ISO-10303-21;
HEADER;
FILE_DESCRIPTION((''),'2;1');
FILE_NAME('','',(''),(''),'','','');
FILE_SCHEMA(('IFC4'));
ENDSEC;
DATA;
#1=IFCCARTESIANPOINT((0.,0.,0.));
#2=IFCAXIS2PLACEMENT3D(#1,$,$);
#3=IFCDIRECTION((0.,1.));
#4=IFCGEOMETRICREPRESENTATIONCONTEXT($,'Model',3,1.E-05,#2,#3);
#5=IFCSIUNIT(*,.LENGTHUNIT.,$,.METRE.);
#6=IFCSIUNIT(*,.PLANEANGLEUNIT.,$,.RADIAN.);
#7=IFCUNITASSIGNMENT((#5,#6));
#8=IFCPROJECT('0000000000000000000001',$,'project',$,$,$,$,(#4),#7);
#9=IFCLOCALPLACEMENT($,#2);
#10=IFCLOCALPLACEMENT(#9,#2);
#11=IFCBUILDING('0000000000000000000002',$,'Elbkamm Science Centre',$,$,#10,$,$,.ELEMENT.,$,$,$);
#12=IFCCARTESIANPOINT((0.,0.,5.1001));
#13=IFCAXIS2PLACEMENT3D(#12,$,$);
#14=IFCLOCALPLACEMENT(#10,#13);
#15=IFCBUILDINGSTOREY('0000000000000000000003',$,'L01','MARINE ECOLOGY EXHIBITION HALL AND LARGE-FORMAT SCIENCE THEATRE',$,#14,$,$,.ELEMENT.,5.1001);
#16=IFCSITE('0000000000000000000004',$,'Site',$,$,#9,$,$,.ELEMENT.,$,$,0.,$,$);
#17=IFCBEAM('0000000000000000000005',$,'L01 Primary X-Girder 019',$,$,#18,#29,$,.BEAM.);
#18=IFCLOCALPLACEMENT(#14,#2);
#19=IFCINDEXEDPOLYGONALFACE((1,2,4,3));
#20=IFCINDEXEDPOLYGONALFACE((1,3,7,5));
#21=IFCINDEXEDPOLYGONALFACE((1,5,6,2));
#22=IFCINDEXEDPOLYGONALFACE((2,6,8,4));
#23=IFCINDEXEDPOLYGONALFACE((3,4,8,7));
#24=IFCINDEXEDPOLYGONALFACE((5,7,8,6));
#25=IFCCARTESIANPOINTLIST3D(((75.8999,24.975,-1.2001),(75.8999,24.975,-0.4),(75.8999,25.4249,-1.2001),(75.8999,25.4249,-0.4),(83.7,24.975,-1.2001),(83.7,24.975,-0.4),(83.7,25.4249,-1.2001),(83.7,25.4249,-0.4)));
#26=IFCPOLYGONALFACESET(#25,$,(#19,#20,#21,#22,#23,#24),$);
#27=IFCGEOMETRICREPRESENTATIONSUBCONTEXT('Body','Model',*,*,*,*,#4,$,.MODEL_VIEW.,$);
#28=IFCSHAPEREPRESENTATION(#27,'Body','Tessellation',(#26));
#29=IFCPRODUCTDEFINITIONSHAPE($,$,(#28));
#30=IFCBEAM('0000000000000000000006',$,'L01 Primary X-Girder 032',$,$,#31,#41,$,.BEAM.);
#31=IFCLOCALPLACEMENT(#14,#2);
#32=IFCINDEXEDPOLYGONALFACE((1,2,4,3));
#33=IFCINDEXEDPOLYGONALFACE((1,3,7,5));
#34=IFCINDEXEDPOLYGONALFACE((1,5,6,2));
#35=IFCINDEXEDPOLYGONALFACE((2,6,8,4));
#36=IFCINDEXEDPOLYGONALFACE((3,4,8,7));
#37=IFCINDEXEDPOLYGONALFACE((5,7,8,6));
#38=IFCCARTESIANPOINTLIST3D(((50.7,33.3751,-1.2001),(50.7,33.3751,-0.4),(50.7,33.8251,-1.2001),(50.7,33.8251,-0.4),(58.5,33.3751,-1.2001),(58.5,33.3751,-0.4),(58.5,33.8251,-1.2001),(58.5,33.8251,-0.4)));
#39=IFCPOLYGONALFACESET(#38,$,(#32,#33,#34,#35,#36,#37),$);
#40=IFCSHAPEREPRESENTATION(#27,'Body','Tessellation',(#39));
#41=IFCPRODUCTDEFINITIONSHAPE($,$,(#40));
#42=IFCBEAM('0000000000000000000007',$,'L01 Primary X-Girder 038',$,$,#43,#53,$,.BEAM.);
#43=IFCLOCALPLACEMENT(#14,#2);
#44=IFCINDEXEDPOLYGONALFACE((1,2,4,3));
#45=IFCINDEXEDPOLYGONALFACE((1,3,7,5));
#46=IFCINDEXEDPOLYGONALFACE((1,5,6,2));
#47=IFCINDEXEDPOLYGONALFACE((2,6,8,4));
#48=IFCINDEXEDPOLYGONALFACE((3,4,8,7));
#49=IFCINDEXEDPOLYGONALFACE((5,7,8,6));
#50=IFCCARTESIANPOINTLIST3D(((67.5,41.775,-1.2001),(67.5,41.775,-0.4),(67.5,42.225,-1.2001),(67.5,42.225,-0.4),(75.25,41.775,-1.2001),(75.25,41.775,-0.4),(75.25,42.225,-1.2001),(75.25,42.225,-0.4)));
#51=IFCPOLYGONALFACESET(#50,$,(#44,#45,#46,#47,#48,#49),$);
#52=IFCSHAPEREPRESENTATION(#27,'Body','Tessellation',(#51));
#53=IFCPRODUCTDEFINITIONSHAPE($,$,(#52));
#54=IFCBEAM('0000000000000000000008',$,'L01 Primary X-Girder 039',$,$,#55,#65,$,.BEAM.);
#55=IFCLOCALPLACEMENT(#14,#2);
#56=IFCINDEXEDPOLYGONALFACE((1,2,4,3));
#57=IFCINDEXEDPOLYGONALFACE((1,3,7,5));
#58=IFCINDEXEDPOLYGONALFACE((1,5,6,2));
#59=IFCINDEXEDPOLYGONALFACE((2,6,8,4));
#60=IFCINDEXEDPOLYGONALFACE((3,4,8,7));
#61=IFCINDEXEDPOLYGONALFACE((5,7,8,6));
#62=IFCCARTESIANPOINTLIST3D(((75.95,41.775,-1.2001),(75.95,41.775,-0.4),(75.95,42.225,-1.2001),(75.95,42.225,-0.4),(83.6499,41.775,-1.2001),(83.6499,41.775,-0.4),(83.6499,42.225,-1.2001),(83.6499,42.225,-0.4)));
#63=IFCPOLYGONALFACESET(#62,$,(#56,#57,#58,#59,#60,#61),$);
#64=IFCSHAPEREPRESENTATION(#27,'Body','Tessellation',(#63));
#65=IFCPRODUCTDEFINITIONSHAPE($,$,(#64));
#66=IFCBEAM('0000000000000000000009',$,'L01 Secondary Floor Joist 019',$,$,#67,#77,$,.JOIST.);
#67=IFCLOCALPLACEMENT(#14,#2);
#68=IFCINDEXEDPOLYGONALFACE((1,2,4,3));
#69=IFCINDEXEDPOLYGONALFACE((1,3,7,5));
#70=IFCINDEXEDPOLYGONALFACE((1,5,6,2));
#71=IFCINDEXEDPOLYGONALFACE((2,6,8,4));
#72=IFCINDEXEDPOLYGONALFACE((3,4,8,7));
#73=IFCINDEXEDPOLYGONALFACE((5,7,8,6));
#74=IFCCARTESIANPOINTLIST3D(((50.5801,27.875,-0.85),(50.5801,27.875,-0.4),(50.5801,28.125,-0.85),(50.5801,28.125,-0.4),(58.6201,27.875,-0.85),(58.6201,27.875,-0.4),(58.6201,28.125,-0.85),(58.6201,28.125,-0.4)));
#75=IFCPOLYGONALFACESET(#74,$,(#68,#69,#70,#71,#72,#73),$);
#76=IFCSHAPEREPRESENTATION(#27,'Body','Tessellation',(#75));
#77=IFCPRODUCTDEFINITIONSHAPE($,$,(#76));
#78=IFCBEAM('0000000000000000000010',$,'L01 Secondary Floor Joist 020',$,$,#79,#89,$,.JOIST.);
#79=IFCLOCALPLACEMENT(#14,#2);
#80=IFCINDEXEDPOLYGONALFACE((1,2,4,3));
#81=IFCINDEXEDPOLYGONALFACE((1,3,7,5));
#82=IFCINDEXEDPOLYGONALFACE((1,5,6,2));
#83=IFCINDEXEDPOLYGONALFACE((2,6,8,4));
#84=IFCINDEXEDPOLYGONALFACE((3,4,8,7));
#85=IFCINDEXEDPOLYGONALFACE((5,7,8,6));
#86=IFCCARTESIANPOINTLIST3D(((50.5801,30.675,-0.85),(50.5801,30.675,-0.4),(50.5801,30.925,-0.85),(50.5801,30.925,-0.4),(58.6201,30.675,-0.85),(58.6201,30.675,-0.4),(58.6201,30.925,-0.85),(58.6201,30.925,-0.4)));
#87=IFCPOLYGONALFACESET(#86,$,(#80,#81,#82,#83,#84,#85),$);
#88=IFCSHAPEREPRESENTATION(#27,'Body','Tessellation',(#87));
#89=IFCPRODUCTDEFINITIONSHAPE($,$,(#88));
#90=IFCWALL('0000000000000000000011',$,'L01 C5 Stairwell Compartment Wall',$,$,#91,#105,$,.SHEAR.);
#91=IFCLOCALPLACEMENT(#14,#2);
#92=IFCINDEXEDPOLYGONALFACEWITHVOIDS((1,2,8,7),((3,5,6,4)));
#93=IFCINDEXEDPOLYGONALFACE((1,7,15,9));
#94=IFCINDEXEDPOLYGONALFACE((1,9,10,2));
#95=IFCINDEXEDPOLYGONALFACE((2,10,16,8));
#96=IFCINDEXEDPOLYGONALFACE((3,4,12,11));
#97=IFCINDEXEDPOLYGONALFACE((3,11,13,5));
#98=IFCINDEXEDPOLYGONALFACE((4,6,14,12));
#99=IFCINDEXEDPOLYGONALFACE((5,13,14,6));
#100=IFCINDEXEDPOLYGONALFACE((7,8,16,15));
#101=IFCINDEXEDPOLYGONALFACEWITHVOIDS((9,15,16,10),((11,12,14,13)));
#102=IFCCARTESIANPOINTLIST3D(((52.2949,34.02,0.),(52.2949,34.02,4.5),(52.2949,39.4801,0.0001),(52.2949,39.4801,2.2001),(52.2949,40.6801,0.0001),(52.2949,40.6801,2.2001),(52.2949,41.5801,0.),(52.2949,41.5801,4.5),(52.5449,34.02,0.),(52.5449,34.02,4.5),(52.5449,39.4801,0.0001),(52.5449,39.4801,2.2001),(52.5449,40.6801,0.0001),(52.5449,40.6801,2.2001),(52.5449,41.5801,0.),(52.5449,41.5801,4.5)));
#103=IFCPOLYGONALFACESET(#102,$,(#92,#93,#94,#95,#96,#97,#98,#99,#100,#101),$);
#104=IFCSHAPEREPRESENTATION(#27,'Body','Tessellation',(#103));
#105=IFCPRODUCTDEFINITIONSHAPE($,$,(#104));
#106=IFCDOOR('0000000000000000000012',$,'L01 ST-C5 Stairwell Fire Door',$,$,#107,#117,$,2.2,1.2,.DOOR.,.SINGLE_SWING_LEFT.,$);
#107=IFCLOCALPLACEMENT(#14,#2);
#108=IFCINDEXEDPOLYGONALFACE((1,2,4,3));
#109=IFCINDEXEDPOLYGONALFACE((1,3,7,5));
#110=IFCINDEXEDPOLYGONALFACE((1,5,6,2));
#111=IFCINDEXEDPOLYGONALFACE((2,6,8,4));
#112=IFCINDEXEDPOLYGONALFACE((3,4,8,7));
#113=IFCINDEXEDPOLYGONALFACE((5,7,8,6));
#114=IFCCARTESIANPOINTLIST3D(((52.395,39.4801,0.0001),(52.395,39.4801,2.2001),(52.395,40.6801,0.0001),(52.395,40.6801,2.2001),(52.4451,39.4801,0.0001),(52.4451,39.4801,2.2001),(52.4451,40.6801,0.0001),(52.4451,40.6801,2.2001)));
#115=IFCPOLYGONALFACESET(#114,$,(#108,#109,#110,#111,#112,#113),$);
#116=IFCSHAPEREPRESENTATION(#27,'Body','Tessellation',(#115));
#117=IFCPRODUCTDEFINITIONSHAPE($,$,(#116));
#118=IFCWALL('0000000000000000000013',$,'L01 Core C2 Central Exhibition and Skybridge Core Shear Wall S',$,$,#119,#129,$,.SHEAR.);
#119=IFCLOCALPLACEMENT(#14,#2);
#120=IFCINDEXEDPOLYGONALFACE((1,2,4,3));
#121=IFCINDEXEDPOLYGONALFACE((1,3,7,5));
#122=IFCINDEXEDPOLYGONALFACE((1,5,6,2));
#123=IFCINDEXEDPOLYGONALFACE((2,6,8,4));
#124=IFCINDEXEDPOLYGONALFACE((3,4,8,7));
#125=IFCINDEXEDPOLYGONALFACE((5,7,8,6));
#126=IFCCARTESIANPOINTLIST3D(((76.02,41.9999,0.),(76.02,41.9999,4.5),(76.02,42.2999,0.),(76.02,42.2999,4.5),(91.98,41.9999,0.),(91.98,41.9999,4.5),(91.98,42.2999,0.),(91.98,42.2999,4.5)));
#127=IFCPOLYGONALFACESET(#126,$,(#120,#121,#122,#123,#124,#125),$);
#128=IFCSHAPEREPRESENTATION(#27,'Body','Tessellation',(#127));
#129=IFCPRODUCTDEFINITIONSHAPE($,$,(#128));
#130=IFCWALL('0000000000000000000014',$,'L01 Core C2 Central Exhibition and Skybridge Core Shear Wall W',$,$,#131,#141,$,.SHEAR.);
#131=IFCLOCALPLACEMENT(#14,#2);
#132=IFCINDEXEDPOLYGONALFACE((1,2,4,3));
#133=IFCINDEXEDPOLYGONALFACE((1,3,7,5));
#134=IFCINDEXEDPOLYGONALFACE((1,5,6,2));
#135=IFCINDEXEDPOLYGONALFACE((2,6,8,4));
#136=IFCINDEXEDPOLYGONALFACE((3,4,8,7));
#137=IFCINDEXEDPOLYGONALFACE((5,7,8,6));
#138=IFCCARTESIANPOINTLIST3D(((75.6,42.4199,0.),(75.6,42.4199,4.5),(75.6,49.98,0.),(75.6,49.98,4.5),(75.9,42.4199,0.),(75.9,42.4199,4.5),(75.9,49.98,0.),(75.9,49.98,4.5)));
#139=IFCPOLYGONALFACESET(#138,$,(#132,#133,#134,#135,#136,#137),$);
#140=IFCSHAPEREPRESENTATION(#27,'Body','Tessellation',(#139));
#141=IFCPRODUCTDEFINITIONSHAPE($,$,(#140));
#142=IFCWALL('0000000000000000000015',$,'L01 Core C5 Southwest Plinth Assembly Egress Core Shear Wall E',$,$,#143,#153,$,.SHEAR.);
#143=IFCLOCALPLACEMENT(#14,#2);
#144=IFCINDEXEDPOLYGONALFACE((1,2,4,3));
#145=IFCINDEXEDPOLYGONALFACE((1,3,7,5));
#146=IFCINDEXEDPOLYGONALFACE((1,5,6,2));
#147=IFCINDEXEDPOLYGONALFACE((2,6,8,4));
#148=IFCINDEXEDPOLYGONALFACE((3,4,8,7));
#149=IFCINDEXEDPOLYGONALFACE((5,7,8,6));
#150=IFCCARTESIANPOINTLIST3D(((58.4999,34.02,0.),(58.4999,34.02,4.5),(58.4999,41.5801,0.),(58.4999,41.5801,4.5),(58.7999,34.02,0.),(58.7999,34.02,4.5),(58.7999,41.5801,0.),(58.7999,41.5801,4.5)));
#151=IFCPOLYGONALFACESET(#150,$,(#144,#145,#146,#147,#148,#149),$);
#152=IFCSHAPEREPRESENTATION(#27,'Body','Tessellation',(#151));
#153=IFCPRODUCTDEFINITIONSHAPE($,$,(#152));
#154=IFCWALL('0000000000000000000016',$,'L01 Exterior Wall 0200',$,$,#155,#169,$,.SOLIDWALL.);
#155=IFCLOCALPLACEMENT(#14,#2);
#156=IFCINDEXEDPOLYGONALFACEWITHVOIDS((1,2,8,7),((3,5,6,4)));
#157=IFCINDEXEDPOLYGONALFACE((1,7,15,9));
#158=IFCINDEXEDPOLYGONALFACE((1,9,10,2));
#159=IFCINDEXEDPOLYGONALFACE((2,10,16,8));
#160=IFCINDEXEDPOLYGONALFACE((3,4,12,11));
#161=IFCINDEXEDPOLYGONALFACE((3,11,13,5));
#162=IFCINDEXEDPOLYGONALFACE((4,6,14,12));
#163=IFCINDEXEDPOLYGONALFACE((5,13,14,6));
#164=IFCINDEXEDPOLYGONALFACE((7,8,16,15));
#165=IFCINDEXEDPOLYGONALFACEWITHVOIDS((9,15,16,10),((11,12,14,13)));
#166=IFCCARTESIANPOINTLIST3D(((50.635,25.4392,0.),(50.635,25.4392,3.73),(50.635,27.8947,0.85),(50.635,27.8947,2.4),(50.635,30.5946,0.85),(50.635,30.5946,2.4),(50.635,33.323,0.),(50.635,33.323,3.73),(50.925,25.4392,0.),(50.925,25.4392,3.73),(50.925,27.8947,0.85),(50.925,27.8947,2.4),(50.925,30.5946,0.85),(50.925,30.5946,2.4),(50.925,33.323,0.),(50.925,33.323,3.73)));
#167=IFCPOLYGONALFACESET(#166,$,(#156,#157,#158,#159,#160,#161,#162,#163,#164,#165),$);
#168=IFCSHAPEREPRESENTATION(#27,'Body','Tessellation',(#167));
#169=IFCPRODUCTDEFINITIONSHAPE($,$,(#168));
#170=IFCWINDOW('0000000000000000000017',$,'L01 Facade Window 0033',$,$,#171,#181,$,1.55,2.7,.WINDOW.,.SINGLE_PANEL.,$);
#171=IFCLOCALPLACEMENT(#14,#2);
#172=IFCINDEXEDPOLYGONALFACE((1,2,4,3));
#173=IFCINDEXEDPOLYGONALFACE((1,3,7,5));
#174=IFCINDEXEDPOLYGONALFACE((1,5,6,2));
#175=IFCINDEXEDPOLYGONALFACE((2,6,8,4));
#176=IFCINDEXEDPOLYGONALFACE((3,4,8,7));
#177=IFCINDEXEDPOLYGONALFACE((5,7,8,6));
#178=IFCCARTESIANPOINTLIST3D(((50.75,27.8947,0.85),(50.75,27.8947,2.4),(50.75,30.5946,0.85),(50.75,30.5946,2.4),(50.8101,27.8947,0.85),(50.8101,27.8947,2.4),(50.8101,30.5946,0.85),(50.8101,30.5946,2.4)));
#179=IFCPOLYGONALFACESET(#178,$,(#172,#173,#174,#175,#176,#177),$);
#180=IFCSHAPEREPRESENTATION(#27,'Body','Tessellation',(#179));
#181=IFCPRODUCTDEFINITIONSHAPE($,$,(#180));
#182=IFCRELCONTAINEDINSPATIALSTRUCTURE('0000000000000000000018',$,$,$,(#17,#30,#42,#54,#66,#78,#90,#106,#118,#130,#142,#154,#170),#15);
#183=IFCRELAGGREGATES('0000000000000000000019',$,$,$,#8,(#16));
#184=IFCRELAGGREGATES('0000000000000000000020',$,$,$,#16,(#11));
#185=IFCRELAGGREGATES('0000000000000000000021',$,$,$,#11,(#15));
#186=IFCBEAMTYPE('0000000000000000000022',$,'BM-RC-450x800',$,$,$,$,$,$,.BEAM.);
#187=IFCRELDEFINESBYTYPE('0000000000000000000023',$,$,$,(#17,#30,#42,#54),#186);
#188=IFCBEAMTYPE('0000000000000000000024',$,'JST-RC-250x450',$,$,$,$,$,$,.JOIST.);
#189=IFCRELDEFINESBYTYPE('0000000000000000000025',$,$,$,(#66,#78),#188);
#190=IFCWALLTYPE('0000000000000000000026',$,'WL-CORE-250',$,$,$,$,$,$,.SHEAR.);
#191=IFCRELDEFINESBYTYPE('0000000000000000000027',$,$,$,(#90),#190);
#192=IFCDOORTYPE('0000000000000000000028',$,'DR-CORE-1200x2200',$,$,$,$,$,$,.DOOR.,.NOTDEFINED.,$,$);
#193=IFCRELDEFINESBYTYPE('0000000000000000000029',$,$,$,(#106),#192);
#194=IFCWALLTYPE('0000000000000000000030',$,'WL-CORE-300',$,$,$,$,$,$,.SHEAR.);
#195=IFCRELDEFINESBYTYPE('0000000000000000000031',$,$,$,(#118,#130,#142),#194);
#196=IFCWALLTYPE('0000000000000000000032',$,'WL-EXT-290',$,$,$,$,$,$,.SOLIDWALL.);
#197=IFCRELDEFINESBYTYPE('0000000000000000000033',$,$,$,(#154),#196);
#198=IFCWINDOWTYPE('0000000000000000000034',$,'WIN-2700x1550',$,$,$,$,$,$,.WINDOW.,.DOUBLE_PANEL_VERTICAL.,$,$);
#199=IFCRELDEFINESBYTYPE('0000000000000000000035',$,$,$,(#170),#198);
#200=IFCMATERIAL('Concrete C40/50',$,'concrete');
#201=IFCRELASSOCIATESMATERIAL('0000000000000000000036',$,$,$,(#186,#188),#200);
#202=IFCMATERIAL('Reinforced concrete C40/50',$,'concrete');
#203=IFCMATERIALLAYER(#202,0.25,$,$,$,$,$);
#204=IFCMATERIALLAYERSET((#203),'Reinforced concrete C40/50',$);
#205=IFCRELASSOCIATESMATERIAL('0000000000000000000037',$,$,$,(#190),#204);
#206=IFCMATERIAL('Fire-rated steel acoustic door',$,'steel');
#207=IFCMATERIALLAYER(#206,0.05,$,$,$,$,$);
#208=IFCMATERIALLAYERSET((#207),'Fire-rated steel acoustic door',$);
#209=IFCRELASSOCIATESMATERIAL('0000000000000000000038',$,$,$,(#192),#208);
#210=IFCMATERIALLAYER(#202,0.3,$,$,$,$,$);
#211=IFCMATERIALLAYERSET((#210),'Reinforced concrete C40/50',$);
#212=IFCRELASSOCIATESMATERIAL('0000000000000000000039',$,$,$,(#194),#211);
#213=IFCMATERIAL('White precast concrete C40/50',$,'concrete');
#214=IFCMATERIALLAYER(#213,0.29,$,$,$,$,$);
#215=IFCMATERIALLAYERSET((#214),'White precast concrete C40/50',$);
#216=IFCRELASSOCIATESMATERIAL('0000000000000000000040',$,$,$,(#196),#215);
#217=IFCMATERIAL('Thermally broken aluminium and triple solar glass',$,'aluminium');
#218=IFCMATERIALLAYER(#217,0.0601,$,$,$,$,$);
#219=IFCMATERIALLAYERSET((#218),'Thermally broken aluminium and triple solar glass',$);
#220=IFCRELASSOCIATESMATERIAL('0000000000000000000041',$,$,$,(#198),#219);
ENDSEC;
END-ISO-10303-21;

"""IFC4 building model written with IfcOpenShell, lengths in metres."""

from ifc_helpers import new_model, si_unit, direction, frame, frame_2d, origin, origin_2d, place, context, subcontext, project, spatial, rectangle, extrude, material, layer, layer_set, material_profile, profile_set, type_object, element, fill, save


model = new_model("IFC4")

# Units and contexts
model_context = context("Model", 3, precision=1e-05, world=origin(), true_north=direction((0.0, 1.0)))
body_context = subcontext(model_context, "Body", "Model", "MODEL_VIEW")
ifc_project = project(units=[si_unit("LENGTHUNIT", "METRE"), si_unit("PLANEANGLEUNIT", "RADIAN")], contexts=[model_context])

# Site, building, storey
site_placement = place(None, origin())
site = spatial("IfcSite", under=ifc_project, at=site_placement, Name="Site", CompositionType="ELEMENT", RefElevation=0.0)
building_placement = place(site_placement, origin())
building = spatial("IfcBuilding", under=site, at=building_placement, Name="Elbkamm Science Centre", CompositionType="ELEMENT")
storey_placement = place(building_placement, frame((0.0, 0.0, 5.1001)))
storey = spatial("IfcBuildingStorey", under=building, at=storey_placement, Name="L01", Description="MARINE ECOLOGY EXHIBITION HALL AND LARGE-FORMAT SCIENCE THEATRE", CompositionType="ELEMENT", Elevation=5.1001)

# Shared definitions
ifc_material_1 = material(Name="Concrete C40/50", Category="concrete")

# Beams
ifc_material_profile_1 = material_profile(ifc_material_1, rectangle(XDim=0.45, YDim=0.8, at=origin_2d()), Name="RC 450x800")
ifc_profile_set_1 = profile_set([ifc_material_profile_1], Name="Concrete C40/50")
beam_type_1 = type_object("IfcBeamType", Name="BM-RC-450x800", PredefinedType="BEAM", material=ifc_profile_set_1)
for number, where, z_axis, x_axis, name in (
    (1, (75.8999, 25.2, -0.8), (1.0, 0.0, 0.0), (0.0, 1.0, 0.0), "L01 Primary X-Girder 019"),
    (2, (50.7, 33.6001, -0.8), (1.0, 0.0, 0.0), (0.0, 1.0, 0.0), "L01 Primary X-Girder 032"),
):
    element("IfcBeam", number, at=place(storey_placement, frame(where, z_axis=z_axis, x_axis=x_axis)), inside=storey, type_object=beam_type_1, Name=name, PredefinedType="BEAM", context=body_context, shape_type="SweptSolid", body=[
        extrude(rectangle(XDim=0.45, YDim=0.8, at=origin_2d()), origin(), (0.0, 0.0, 1.0), 7.8),
    ])
beam_1_placement = place(storey_placement, frame((67.5, 42.0, -0.8), z_axis=(1.0, 0.0, 0.0), x_axis=(0.0, 1.0, 0.0)))
element("IfcBeam", 3, at=beam_1_placement, inside=storey, type_object=beam_type_1, Name="L01 Primary X-Girder 038", PredefinedType="BEAM", context=body_context, shape_type="SweptSolid", body=[
    extrude(rectangle(XDim=0.45, YDim=0.8, at=origin_2d()), origin(), (0.0, 0.0, 1.0), 7.75),
])
beam_2_placement = place(storey_placement, frame((75.95, 42.0, -0.8), z_axis=(1.0, 0.0, 0.0), x_axis=(0.0, 1.0, 0.0)))
element("IfcBeam", 4, at=beam_2_placement, inside=storey, type_object=beam_type_1, Name="L01 Primary X-Girder 039", PredefinedType="BEAM", context=body_context, shape_type="SweptSolid", body=[
    extrude(rectangle(XDim=0.45, YDim=0.8, at=origin_2d()), origin(), (0.0, 0.0, 1.0), 7.7),
])
ifc_material_profile_2 = material_profile(ifc_material_1, rectangle(XDim=0.25, YDim=0.45, at=origin_2d()), Name="RC 250x450")
ifc_profile_set_2 = profile_set([ifc_material_profile_2], Name="Concrete C40/50")
beam_type_2 = type_object("IfcBeamType", Name="JST-RC-250x450", PredefinedType="JOIST", material=ifc_profile_set_2)
for number, where, z_axis, x_axis, name in (
    (5, (50.5801, 28.0, -0.625), (1.0, 0.0, 0.0), (0.0, 1.0, 0.0), "L01 Secondary Floor Joist 019"),
    (6, (50.5801, 30.8, -0.625), (1.0, 0.0, 0.0), (0.0, 1.0, 0.0), "L01 Secondary Floor Joist 020"),
):
    element("IfcBeam", number, at=place(storey_placement, frame(where, z_axis=z_axis, x_axis=x_axis)), inside=storey, type_object=beam_type_2, Name=name, PredefinedType="JOIST", context=body_context, shape_type="SweptSolid", body=[
        extrude(rectangle(XDim=0.25, YDim=0.45, at=origin_2d()), origin(), (0.0, 0.0, 1.0), 8.04),
    ])

# Wall, opening, door
ifc_material_2 = material(Name="Reinforced concrete C40/50", Category="concrete")
ifc_layer_1 = layer(ifc_material_2, 0.25)
ifc_layer_set_1 = layer_set([ifc_layer_1], Name="Reinforced concrete C40/50")
wall_type_1 = type_object("IfcWallType", Name="WL-CORE-250", PredefinedType="SHEAR", material=ifc_layer_set_1)
wall_1_placement = place(storey_placement, frame((52.4199, 34.02, 0.0), z_axis=(0.0, 0.0, 1.0), x_axis=(0.0, 1.0, 0.0)))
wall_1 = element("IfcWall", 7, at=wall_1_placement, inside=storey, type_object=wall_type_1, Name="L01 C5 Stairwell Compartment Wall", PredefinedType="SHEAR", context=body_context, shape_type="SweptSolid", body=[
    extrude(rectangle(XDim=7.5601, YDim=0.25, at=frame_2d((3.78, 0.0))), origin(), (0.0, 0.0, 1.0), 4.5),
])
opening_1_placement = place(wall_1_placement, frame((5.46, 0.0, 0.0)))
opening_1 = element("IfcOpeningElement", 8, at=opening_1_placement, cuts=wall_1, PredefinedType="OPENING", context=body_context, shape_type="SweptSolid", body=[
    extrude(rectangle(XDim=1.2, YDim=2.2, at=frame_2d((0.6001, 1.1001))), frame((0.0, 0.137, 0.0), z_axis=(0.0, -1.0, 0.0), x_axis=(1.0, 0.0, 0.0)), (0.0, 0.0, 1.0), 0.2739),
])
ifc_material_3 = material(Name="Fire-rated steel acoustic door", Category="steel")
ifc_layer_2 = layer(ifc_material_3, 0.05)
ifc_layer_set_2 = layer_set([ifc_layer_2], Name="Fire-rated steel acoustic door")
door_type = type_object("IfcDoorType", Name="DR-CORE-1200x2200", OperationType="NOTDEFINED", PredefinedType="DOOR", material=ifc_layer_set_2)
door_placement = place(opening_1_placement, origin())
door = element("IfcDoor", 9, at=door_placement, inside=storey, type_object=door_type, Name="L01 ST-C5 Stairwell Fire Door", OperationType="SINGLE_SWING_LEFT", OverallHeight=2.2, OverallWidth=1.2, PredefinedType="DOOR", context=body_context, shape_type="SweptSolid", body=[
    extrude(rectangle(XDim=1.2, YDim=2.2, at=frame_2d((0.6001, 1.1001))), frame((0.0, 0.0249, 0.0), z_axis=(0.0, -1.0, 0.0), x_axis=(1.0, 0.0, 0.0)), (0.0, 0.0, 1.0), 0.05),
])
fill(opening_1, door)

# Walls
ifc_layer_3 = layer(ifc_material_2, 0.3)
ifc_layer_set_3 = layer_set([ifc_layer_3], Name="Reinforced concrete C40/50")
wall_type_2 = type_object("IfcWallType", Name="WL-CORE-300", PredefinedType="SHEAR", material=ifc_layer_set_3)
wall_2_placement = place(storey_placement, frame((76.02, 42.1499, 0.0), z_axis=(0.0, 0.0, 1.0), x_axis=(1.0, 0.0, 0.0)))
element("IfcWall", 10, at=wall_2_placement, inside=storey, type_object=wall_type_2, Name="L01 Core C2 Central Exhibition and Skybridge Core Shear Wall S", PredefinedType="SHEAR", context=body_context, shape_type="SweptSolid", body=[
    extrude(rectangle(XDim=15.96, YDim=0.3, at=frame_2d((7.98, 0.0))), origin(), (0.0, 0.0, 1.0), 4.5),
])
for number, where, z_axis, x_axis, name in (
    (11, (75.75, 42.4199, 0.0), (0.0, 0.0, 1.0), (0.0, 1.0, 0.0), "L01 Core C2 Central Exhibition and Skybridge Core Shear Wall W"),
    (12, (58.6499, 34.02, 0.0), (0.0, 0.0, 1.0), (0.0, 1.0, 0.0), "L01 Core C5 Southwest Plinth Assembly Egress Core Shear Wall E"),
):
    element("IfcWall", number, at=place(storey_placement, frame(where, z_axis=z_axis, x_axis=x_axis)), inside=storey, type_object=wall_type_2, Name=name, PredefinedType="SHEAR", context=body_context, shape_type="SweptSolid", body=[
        extrude(rectangle(XDim=7.5601, YDim=0.3, at=frame_2d((3.78, 0.0))), origin(), (0.0, 0.0, 1.0), 4.5),
    ])

# Wall, opening, window
ifc_material_4 = material(Name="White precast concrete C40/50", Category="concrete")
ifc_layer_4 = layer(ifc_material_4, 0.29)
ifc_layer_set_4 = layer_set([ifc_layer_4], Name="White precast concrete C40/50")
wall_type_3 = type_object("IfcWallType", Name="WL-EXT-290", PredefinedType="SOLIDWALL", material=ifc_layer_set_4)
wall_3_placement = place(storey_placement, frame((50.78, 25.4392, 0.0), z_axis=(0.0, 0.0, 1.0), x_axis=(0.0, 1.0, 0.0)))
wall_3 = element("IfcWall", 13, at=wall_3_placement, inside=storey, type_object=wall_type_3, Name="L01 Exterior Wall 0200", PredefinedType="SOLIDWALL", context=body_context, shape_type="SweptSolid", body=[
    extrude(rectangle(XDim=7.8838, YDim=0.29, at=frame_2d((3.9419, 0.0))), origin(), (0.0, 0.0, 1.0), 3.73),
])
opening_2_placement = place(wall_3_placement, frame((2.4553, 0.0, 0.8501)))
opening_2 = element("IfcOpeningElement", 14, at=opening_2_placement, cuts=wall_3, PredefinedType="OPENING", context=body_context, shape_type="SweptSolid", body=[
    extrude(rectangle(XDim=2.7, YDim=1.55, at=frame_2d((1.3501, 0.7749))), frame((0.0, 0.157, 0.0), z_axis=(0.0, -1.0, 0.0), x_axis=(1.0, 0.0, 0.0)), (0.0, 0.0, 1.0), 0.314),
])
ifc_material_5 = material(Name="Thermally broken aluminium and triple solar glass", Category="aluminium")
ifc_layer_5 = layer(ifc_material_5, 0.0601)
ifc_layer_set_5 = layer_set([ifc_layer_5], Name="Thermally broken aluminium and triple solar glass")
window_type = type_object("IfcWindowType", Name="WIN-2700x1550", PartitioningType="DOUBLE_PANEL_VERTICAL", PredefinedType="WINDOW", material=ifc_layer_set_5)
window_placement = place(opening_2_placement, origin())
window = element("IfcWindow", 15, at=window_placement, inside=storey, type_object=window_type, Name="L01 Facade Window 0033", OverallHeight=1.55, OverallWidth=2.7, PartitioningType="SINGLE_PANEL", PredefinedType="WINDOW", context=body_context, shape_type="SweptSolid", body=[
    extrude(rectangle(XDim=2.7, YDim=1.55, at=frame_2d((1.3501, 0.7749))), frame((0.0, 0.03, 0.0), z_axis=(0.0, -1.0, 0.0), x_axis=(1.0, 0.0, 0.0)), (0.0, 0.0, 1.0), 0.0601),
])
fill(opening_2, window)

save(model, "model.ifc")
